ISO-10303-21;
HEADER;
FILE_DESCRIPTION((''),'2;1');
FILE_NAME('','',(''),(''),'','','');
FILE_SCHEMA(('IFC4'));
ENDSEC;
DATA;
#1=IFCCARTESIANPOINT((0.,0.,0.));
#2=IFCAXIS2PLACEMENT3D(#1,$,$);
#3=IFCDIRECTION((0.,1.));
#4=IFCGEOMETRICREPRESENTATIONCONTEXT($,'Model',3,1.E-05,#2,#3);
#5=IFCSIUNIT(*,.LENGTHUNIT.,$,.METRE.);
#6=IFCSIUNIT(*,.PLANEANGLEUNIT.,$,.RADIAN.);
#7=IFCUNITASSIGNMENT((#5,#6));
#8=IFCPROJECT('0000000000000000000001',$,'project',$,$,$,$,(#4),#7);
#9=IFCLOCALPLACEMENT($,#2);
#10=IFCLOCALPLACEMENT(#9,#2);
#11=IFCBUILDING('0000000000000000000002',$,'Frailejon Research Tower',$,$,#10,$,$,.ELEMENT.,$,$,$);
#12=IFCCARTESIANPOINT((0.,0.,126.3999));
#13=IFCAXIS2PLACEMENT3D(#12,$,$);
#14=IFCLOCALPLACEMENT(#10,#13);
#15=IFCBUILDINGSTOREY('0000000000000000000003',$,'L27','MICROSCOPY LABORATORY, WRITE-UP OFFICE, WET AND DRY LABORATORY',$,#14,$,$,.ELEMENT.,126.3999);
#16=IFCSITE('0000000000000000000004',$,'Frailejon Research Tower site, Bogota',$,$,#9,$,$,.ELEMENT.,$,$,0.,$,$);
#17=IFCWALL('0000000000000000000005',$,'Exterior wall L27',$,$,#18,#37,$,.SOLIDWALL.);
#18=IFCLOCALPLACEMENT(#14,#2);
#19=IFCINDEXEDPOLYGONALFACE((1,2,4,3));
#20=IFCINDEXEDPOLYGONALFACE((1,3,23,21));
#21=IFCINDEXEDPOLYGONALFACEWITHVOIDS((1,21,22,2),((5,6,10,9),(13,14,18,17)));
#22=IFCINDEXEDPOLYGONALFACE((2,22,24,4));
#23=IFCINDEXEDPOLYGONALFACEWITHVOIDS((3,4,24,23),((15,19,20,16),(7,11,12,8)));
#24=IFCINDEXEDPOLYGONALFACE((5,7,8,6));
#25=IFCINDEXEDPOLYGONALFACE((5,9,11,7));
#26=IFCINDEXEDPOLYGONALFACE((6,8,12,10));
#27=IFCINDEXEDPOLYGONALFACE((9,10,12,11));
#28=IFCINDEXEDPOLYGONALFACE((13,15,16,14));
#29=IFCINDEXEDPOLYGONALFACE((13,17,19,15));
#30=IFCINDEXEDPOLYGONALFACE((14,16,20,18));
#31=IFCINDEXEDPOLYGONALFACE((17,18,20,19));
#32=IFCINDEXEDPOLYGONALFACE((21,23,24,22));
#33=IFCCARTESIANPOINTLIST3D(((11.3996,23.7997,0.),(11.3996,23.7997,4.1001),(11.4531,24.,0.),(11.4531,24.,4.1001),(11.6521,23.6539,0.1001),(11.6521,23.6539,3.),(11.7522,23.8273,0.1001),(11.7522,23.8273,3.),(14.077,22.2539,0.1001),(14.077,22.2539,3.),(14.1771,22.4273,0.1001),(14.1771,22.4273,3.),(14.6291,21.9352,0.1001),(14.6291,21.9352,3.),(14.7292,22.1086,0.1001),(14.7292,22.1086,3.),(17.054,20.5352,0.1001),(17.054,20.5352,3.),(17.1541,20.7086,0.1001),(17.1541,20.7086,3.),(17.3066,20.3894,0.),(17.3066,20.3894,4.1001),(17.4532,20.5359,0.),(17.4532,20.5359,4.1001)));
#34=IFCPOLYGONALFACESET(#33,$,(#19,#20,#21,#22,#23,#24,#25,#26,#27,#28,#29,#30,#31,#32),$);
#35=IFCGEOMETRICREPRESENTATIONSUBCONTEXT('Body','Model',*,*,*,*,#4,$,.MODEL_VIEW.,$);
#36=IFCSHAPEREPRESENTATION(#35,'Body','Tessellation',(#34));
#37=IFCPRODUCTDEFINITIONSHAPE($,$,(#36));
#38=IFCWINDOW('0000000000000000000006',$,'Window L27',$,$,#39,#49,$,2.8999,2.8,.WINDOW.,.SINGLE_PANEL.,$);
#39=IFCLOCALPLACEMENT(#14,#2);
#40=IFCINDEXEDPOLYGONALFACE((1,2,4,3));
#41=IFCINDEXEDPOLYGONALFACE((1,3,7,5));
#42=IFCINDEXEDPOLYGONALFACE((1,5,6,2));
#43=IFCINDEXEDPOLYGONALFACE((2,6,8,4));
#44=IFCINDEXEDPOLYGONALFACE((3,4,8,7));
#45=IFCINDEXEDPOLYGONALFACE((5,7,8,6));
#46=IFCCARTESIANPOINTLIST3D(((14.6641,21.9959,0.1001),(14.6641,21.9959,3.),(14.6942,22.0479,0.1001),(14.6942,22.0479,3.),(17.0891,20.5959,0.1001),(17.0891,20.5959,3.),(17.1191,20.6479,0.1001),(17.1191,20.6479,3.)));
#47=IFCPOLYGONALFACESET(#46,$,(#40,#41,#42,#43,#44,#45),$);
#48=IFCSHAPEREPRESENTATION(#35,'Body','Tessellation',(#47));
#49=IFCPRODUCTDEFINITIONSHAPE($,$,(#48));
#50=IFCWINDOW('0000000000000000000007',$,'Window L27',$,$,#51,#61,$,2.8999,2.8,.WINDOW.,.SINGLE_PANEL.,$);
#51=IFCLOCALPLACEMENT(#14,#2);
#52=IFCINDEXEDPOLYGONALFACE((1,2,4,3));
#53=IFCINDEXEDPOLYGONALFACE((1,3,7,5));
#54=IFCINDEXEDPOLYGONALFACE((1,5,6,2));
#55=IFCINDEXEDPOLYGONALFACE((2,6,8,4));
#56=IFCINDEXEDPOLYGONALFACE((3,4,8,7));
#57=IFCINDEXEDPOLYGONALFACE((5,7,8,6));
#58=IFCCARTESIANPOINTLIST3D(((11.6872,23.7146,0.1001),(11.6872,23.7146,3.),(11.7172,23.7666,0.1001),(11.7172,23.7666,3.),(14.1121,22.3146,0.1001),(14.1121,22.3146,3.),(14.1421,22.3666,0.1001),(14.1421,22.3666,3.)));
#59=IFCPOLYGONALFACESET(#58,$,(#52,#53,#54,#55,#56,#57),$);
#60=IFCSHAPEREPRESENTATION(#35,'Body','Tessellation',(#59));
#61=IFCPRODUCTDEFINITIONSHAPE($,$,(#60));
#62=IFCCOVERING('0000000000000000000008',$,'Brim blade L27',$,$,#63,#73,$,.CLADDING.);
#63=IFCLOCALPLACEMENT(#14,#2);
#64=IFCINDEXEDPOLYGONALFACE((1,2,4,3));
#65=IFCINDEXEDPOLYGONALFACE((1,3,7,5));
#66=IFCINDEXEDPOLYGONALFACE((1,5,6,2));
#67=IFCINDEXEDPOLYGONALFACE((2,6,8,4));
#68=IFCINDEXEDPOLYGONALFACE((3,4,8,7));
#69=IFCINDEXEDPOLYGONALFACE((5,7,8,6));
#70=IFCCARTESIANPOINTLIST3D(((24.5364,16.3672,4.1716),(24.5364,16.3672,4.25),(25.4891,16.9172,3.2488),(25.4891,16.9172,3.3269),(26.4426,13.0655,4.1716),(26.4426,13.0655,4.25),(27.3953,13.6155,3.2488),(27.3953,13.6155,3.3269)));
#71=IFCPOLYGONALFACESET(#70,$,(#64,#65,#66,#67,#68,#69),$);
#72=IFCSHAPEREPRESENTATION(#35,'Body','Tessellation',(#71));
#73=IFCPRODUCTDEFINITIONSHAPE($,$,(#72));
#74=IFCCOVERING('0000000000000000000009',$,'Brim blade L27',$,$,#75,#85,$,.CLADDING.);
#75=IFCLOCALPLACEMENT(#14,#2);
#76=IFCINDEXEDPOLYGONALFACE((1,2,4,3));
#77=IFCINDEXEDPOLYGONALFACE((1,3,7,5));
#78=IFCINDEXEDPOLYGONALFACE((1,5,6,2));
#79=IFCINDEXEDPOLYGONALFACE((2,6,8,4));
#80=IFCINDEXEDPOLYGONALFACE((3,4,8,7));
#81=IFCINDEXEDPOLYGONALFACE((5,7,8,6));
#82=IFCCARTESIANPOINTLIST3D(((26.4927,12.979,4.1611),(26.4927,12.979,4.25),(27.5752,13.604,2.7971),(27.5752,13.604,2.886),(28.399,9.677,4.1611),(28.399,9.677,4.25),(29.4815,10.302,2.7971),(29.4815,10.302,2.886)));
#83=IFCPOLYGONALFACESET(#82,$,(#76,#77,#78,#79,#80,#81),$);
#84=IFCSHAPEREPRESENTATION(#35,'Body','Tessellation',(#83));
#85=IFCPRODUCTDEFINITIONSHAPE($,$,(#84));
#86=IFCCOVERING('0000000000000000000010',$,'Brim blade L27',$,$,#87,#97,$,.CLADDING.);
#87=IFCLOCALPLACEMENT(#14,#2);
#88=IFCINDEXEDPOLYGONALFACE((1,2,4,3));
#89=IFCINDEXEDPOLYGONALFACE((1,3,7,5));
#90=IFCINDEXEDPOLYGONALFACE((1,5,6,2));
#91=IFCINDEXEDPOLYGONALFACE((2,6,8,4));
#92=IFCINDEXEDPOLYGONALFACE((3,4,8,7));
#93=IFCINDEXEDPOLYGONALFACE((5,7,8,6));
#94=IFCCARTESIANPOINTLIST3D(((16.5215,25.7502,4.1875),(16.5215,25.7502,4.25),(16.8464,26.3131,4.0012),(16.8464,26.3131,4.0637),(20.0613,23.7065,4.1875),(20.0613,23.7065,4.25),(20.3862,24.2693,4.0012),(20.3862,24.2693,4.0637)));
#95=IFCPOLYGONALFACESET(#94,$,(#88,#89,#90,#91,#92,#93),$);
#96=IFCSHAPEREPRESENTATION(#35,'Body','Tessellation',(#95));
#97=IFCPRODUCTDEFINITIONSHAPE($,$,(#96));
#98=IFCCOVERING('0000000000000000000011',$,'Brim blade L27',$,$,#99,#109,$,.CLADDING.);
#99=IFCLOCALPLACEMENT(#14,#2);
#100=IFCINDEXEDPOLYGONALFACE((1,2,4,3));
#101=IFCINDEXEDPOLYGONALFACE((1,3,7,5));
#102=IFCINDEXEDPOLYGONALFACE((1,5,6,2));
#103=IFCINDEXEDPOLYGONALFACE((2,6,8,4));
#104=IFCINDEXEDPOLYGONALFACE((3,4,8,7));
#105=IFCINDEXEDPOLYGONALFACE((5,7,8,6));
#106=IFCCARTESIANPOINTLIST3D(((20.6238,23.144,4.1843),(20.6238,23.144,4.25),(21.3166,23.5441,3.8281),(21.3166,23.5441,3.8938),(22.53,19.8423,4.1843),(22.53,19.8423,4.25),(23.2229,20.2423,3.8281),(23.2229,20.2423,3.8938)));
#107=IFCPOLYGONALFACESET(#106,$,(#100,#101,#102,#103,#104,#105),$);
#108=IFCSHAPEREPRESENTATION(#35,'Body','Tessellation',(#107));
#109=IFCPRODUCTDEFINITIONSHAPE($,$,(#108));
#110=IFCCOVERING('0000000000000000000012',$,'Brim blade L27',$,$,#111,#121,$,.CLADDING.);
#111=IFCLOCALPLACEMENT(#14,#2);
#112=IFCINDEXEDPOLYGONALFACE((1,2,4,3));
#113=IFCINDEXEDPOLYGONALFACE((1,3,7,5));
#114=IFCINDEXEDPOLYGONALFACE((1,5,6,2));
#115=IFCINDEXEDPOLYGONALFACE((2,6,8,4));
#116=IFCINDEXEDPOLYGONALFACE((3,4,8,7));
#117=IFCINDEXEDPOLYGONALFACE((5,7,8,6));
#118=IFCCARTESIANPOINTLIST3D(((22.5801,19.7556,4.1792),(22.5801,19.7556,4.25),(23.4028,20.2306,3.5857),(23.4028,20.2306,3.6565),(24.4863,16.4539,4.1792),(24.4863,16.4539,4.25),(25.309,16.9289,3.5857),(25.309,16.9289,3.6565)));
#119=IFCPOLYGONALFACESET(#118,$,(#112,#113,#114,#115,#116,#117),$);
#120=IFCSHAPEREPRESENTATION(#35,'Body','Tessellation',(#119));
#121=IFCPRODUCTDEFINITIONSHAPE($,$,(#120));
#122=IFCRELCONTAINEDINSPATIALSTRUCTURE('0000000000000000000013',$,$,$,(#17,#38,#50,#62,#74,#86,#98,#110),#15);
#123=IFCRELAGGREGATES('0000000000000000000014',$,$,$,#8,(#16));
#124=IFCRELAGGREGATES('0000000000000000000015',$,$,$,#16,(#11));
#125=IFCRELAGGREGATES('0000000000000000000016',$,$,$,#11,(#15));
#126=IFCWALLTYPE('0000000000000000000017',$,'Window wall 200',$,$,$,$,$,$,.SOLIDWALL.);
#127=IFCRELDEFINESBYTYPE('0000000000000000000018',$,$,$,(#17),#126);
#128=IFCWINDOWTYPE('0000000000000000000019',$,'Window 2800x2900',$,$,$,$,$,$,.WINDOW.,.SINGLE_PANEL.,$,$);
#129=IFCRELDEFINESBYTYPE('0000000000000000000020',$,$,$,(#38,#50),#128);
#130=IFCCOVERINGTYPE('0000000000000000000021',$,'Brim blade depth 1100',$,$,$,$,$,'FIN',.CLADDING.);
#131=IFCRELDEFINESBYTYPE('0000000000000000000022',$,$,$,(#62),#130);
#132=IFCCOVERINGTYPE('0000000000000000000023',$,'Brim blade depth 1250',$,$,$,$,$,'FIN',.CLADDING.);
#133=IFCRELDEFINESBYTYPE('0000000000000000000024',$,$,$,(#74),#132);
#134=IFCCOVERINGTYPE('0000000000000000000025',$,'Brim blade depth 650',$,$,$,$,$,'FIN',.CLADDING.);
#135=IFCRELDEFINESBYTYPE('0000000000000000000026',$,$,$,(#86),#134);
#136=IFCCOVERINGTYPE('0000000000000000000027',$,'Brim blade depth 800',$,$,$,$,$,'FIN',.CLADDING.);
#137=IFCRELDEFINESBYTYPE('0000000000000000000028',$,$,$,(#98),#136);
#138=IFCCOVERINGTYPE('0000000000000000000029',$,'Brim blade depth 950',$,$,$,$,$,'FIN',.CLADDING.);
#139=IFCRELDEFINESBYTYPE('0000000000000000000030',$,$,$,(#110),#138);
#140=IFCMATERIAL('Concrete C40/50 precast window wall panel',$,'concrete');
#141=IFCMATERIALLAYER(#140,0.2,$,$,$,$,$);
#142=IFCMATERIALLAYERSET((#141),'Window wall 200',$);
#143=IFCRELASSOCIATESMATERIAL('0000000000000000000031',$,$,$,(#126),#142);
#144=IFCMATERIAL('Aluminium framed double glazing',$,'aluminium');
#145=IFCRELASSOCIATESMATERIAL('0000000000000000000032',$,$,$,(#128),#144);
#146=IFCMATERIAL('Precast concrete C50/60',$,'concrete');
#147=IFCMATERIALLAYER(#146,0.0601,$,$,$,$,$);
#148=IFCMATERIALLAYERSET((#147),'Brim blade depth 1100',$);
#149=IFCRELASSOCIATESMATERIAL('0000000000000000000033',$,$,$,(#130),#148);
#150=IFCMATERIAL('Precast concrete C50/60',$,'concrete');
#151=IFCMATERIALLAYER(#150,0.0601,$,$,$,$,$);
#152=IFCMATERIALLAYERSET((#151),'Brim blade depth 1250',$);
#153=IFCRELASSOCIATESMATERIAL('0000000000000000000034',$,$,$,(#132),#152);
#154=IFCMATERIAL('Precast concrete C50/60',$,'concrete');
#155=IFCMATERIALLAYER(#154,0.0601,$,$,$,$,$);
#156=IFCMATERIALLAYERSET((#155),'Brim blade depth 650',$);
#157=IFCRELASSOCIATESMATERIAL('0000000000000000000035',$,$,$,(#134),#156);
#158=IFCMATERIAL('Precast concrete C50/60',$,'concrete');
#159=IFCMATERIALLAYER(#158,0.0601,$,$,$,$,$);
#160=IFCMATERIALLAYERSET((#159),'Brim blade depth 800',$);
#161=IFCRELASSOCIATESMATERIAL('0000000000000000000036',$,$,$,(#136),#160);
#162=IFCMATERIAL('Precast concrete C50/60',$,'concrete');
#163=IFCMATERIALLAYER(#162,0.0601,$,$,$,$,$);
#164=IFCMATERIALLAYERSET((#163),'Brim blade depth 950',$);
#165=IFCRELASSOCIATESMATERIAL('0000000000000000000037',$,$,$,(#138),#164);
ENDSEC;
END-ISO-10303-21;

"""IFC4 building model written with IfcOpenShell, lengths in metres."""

from ifc_helpers import new_model, si_unit, direction, frame, frame_2d, origin, place, context, subcontext, project, spatial, polyline, rectangle, outline, extrude, material, layer, layer_set, type_object, element, fill, save


model = new_model("IFC4")

# Units and contexts
model_context = context("Model", 3, precision=1e-05, world=origin(), true_north=direction((0.0, 1.0)))
body_context = subcontext(model_context, "Body", "Model", "MODEL_VIEW")
ifc_project = project(units=[si_unit("LENGTHUNIT", "METRE"), si_unit("PLANEANGLEUNIT", "RADIAN")], contexts=[model_context])

# Site, building, storey
site_placement = place(None, origin())
site = spatial("IfcSite", under=ifc_project, at=site_placement, Name="Frailejon Research Tower site, Bogota", CompositionType="ELEMENT", RefElevation=0.0)
building_placement = place(site_placement, origin())
building = spatial("IfcBuilding", under=site, at=building_placement, Name="Frailejon Research Tower", CompositionType="ELEMENT")
storey_placement = place(building_placement, frame((0.0, 0.0, 126.3999)))
storey = spatial("IfcBuildingStorey", under=building, at=storey_placement, Name="L27", Description="MICROSCOPY LABORATORY, WRITE-UP OFFICE, WET AND DRY LABORATORY", CompositionType="ELEMENT", Elevation=126.3999)

# Wall, openings, windows
ifc_material_1 = material(Name="Concrete C40/50 precast window wall panel", Category="concrete")
ifc_layer_1 = layer(ifc_material_1, 0.2)
ifc_layer_set_1 = layer_set([ifc_layer_1], Name="Window wall 200")
wall_type = type_object("IfcWallType", Name="Window wall 200", PredefinedType="SOLIDWALL", material=ifc_layer_set_1)
wall_placement = place(storey_placement, frame((17.3799, 20.4626, 0.0), z_axis=(0.0, 0.0, 1.0), x_axis=(-0.866029, 0.499993, 0.0)))
wall = element("IfcWall", 1, at=wall_placement, inside=storey, type_object=wall_type, Name="Exterior wall L27", PredefinedType="SOLIDWALL", context=body_context, shape_type="SweptSolid", body=[
    extrude(outline(polyline([(-0.0269, -0.1001), (1.1279, -0.1001), (2.2825, -0.1001), (3.4373, -0.1001), (4.592, -0.1001), (5.7466, -0.1001), (6.9014, -0.1001), (6.8477, 0.1001), (5.7109, 0.1001), (4.574, 0.1001), (3.4373, 0.1001), (2.3005, 0.1001), (1.1636, 0.1001), (0.0269, 0.1001), (-0.0269, -0.1001)])), origin(), (0.0, 0.0, 1.0), 4.1001),
])
opening_1_placement = place(wall_placement, frame((0.3186, 0.0, 0.1001)))
opening_1 = element("IfcOpeningElement", 2, at=opening_1_placement, cuts=wall, PredefinedType="OPENING", context=body_context, shape_type="SweptSolid", body=[
    extrude(rectangle(XDim=2.8, YDim=2.8999, at=frame_2d((1.3999, 1.45))), frame((0.0, 0.1099, 0.0), z_axis=(0.0, -1.0, 0.0), x_axis=(1.0, 0.0, 0.0)), (0.0, 0.0, 1.0), 0.22),
])
opening_2_placement = place(wall_placement, frame((3.7561, 0.0, 0.1001)))
opening_2 = element("IfcOpeningElement", 3, at=opening_2_placement, cuts=wall, PredefinedType="OPENING", context=body_context, shape_type="SweptSolid", body=[
    extrude(rectangle(XDim=2.8, YDim=2.8999, at=frame_2d((1.3999, 1.45))), frame((0.0, 0.1099, 0.0), z_axis=(0.0, -1.0, 0.0), x_axis=(1.0, 0.0, 0.0)), (0.0, 0.0, 1.0), 0.22),
])
ifc_material_2 = material(Name="Aluminium framed double glazing", Category="aluminium")
window_type = type_object("IfcWindowType", Name="Window 2800x2900", PartitioningType="SINGLE_PANEL", PredefinedType="WINDOW", material=ifc_material_2)
window_1_placement = place(opening_1_placement, origin())
window_1 = element("IfcWindow", 4, at=window_1_placement, inside=storey, type_object=window_type, Name="Window L27", OverallHeight=2.8999, OverallWidth=2.8, PartitioningType="SINGLE_PANEL", PredefinedType="WINDOW", context=body_context, shape_type="SweptSolid", body=[
    extrude(rectangle(XDim=2.8, YDim=2.8999, at=frame_2d((1.3999, 1.45))), frame((0.0, 0.03, 0.0), z_axis=(0.0, -1.0, 0.0), x_axis=(1.0, 0.0, 0.0)), (0.0, 0.0, 1.0), 0.0601),
])
fill(opening_1, window_1)
window_2_placement = place(opening_2_placement, origin())
window_2 = element("IfcWindow", 5, at=window_2_placement, inside=storey, type_object=window_type, Name="Window L27", OverallHeight=2.8999, OverallWidth=2.8, PartitioningType="SINGLE_PANEL", PredefinedType="WINDOW", context=body_context, shape_type="SweptSolid", body=[
    extrude(rectangle(XDim=2.8, YDim=2.8999, at=frame_2d((1.3999, 1.45))), frame((0.0, 0.03, 0.0), z_axis=(0.0, -1.0, 0.0), x_axis=(1.0, 0.0, 0.0)), (0.0, 0.0, 1.0), 0.0601),
])
fill(opening_2, window_2)

# Coverings
ifc_material_3 = material(Name="Precast concrete C50/60", Category="concrete")
ifc_layer_2 = layer(ifc_material_3, 0.0601)
ifc_layer_set_2 = layer_set([ifc_layer_2], Name="Brim blade depth 1100")
covering_type_1 = type_object("IfcCoveringType", Name="Brim blade depth 1100", ElementType="FIN", PredefinedType="CLADDING", material=ifc_layer_set_2)
covering_1_placement = place(storey_placement, frame((24.5364, 16.3672, 4.25), z_axis=(0.500001, -0.866025, 0.0), x_axis=(0.866025, 0.500001, 0.0)))
element("IfcCovering", 6, at=covering_1_placement, inside=storey, type_object=covering_type_1, Name="Brim blade L27", PredefinedType="CLADDING", context=body_context, shape_type="SweptSolid", body=[
    extrude(outline(polyline([(0.0, -0.0784), (1.1001, -1.0012), (1.1001, -0.9231), (0.0, 0.0), (0.0, -0.0784)])), origin(), (0.0, 0.0, 1.0), 3.8125),
])
ifc_material_4 = material(Name="Precast concrete C50/60", Category="concrete")
ifc_layer_3 = layer(ifc_material_4, 0.0601)
ifc_layer_set_3 = layer_set([ifc_layer_3], Name="Brim blade depth 1250")
covering_type_2 = type_object("IfcCoveringType", Name="Brim blade depth 1250", ElementType="FIN", PredefinedType="CLADDING", material=ifc_layer_set_3)
covering_2_placement = place(storey_placement, frame((26.4927, 12.979, 4.25), z_axis=(0.49999, -0.866031, 0.0), x_axis=(0.866031, 0.49999, 0.0)))
element("IfcCovering", 7, at=covering_2_placement, inside=storey, type_object=covering_type_2, Name="Brim blade L27", PredefinedType="CLADDING", context=body_context, shape_type="SweptSolid", body=[
    extrude(outline(polyline([(0.0, -0.0889), (1.25, -1.4529), (1.25, -1.364), (0.0, 0.0), (0.0, -0.0889)])), origin(), (0.0, 0.0, 1.0), 3.8127),
])
ifc_material_5 = material(Name="Precast concrete C50/60", Category="concrete")
ifc_layer_4 = layer(ifc_material_5, 0.0601)
ifc_layer_set_4 = layer_set([ifc_layer_4], Name="Brim blade depth 650")
covering_type_3 = type_object("IfcCoveringType", Name="Brim blade depth 650", ElementType="FIN", PredefinedType="CLADDING", material=ifc_layer_set_4)
covering_3_placement = place(storey_placement, frame((16.5215, 25.7502, 4.25), z_axis=(0.866021, -0.500007, 0.0), x_axis=(0.500007, 0.866021, 0.0)))
element("IfcCovering", 8, at=covering_3_placement, inside=storey, type_object=covering_type_3, Name="Brim blade L27", PredefinedType="CLADDING", context=body_context, shape_type="SweptSolid", body=[
    extrude(outline(polyline([(0.0, -0.0625), (0.6499, -0.2488), (0.6499, -0.1863), (0.0, 0.0), (0.0, -0.0625)])), origin(), (0.0, 0.0, 1.0), 4.0874),
])
ifc_material_6 = material(Name="Precast concrete C50/60", Category="concrete")
ifc_layer_5 = layer(ifc_material_6, 0.0601)
ifc_layer_set_5 = layer_set([ifc_layer_5], Name="Brim blade depth 800")
covering_type_4 = type_object("IfcCoveringType", Name="Brim blade depth 800", ElementType="FIN", PredefinedType="CLADDING", material=ifc_layer_set_5)
covering_4_placement = place(storey_placement, frame((20.6238, 23.144, 4.25), z_axis=(0.500001, -0.866025, 0.0), x_axis=(0.866025, 0.500001, 0.0)))
element("IfcCovering", 9, at=covering_4_placement, inside=storey, type_object=covering_type_4, Name="Brim blade L27", PredefinedType="CLADDING", context=body_context, shape_type="SweptSolid", body=[
    extrude(outline(polyline([(0.0, -0.0657), (0.8, -0.4219), (0.8, -0.3562), (0.0, 0.0), (0.0, -0.0657)])), origin(), (0.0, 0.0, 1.0), 3.8125),
])
ifc_material_7 = material(Name="Precast concrete C50/60", Category="concrete")
ifc_layer_6 = layer(ifc_material_7, 0.0601)
ifc_layer_set_6 = layer_set([ifc_layer_6], Name="Brim blade depth 950")
covering_type_5 = type_object("IfcCoveringType", Name="Brim blade depth 950", ElementType="FIN", PredefinedType="CLADDING", material=ifc_layer_set_6)
covering_5_placement = place(storey_placement, frame((22.5801, 19.7556, 4.25), z_axis=(0.500001, -0.866025, 0.0), x_axis=(0.866025, 0.500001, 0.0)))
element("IfcCovering", 10, at=covering_5_placement, inside=storey, type_object=covering_type_5, Name="Brim blade L27", PredefinedType="CLADDING", context=body_context, shape_type="SweptSolid", body=[
    extrude(outline(polyline([(0.0, -0.0708), (0.95, -0.6643), (0.95, -0.5935), (0.0, 0.0), (0.0, -0.0708)])), origin(), (0.0, 0.0, 1.0), 3.8125),
])

save(model, "model.ifc")
